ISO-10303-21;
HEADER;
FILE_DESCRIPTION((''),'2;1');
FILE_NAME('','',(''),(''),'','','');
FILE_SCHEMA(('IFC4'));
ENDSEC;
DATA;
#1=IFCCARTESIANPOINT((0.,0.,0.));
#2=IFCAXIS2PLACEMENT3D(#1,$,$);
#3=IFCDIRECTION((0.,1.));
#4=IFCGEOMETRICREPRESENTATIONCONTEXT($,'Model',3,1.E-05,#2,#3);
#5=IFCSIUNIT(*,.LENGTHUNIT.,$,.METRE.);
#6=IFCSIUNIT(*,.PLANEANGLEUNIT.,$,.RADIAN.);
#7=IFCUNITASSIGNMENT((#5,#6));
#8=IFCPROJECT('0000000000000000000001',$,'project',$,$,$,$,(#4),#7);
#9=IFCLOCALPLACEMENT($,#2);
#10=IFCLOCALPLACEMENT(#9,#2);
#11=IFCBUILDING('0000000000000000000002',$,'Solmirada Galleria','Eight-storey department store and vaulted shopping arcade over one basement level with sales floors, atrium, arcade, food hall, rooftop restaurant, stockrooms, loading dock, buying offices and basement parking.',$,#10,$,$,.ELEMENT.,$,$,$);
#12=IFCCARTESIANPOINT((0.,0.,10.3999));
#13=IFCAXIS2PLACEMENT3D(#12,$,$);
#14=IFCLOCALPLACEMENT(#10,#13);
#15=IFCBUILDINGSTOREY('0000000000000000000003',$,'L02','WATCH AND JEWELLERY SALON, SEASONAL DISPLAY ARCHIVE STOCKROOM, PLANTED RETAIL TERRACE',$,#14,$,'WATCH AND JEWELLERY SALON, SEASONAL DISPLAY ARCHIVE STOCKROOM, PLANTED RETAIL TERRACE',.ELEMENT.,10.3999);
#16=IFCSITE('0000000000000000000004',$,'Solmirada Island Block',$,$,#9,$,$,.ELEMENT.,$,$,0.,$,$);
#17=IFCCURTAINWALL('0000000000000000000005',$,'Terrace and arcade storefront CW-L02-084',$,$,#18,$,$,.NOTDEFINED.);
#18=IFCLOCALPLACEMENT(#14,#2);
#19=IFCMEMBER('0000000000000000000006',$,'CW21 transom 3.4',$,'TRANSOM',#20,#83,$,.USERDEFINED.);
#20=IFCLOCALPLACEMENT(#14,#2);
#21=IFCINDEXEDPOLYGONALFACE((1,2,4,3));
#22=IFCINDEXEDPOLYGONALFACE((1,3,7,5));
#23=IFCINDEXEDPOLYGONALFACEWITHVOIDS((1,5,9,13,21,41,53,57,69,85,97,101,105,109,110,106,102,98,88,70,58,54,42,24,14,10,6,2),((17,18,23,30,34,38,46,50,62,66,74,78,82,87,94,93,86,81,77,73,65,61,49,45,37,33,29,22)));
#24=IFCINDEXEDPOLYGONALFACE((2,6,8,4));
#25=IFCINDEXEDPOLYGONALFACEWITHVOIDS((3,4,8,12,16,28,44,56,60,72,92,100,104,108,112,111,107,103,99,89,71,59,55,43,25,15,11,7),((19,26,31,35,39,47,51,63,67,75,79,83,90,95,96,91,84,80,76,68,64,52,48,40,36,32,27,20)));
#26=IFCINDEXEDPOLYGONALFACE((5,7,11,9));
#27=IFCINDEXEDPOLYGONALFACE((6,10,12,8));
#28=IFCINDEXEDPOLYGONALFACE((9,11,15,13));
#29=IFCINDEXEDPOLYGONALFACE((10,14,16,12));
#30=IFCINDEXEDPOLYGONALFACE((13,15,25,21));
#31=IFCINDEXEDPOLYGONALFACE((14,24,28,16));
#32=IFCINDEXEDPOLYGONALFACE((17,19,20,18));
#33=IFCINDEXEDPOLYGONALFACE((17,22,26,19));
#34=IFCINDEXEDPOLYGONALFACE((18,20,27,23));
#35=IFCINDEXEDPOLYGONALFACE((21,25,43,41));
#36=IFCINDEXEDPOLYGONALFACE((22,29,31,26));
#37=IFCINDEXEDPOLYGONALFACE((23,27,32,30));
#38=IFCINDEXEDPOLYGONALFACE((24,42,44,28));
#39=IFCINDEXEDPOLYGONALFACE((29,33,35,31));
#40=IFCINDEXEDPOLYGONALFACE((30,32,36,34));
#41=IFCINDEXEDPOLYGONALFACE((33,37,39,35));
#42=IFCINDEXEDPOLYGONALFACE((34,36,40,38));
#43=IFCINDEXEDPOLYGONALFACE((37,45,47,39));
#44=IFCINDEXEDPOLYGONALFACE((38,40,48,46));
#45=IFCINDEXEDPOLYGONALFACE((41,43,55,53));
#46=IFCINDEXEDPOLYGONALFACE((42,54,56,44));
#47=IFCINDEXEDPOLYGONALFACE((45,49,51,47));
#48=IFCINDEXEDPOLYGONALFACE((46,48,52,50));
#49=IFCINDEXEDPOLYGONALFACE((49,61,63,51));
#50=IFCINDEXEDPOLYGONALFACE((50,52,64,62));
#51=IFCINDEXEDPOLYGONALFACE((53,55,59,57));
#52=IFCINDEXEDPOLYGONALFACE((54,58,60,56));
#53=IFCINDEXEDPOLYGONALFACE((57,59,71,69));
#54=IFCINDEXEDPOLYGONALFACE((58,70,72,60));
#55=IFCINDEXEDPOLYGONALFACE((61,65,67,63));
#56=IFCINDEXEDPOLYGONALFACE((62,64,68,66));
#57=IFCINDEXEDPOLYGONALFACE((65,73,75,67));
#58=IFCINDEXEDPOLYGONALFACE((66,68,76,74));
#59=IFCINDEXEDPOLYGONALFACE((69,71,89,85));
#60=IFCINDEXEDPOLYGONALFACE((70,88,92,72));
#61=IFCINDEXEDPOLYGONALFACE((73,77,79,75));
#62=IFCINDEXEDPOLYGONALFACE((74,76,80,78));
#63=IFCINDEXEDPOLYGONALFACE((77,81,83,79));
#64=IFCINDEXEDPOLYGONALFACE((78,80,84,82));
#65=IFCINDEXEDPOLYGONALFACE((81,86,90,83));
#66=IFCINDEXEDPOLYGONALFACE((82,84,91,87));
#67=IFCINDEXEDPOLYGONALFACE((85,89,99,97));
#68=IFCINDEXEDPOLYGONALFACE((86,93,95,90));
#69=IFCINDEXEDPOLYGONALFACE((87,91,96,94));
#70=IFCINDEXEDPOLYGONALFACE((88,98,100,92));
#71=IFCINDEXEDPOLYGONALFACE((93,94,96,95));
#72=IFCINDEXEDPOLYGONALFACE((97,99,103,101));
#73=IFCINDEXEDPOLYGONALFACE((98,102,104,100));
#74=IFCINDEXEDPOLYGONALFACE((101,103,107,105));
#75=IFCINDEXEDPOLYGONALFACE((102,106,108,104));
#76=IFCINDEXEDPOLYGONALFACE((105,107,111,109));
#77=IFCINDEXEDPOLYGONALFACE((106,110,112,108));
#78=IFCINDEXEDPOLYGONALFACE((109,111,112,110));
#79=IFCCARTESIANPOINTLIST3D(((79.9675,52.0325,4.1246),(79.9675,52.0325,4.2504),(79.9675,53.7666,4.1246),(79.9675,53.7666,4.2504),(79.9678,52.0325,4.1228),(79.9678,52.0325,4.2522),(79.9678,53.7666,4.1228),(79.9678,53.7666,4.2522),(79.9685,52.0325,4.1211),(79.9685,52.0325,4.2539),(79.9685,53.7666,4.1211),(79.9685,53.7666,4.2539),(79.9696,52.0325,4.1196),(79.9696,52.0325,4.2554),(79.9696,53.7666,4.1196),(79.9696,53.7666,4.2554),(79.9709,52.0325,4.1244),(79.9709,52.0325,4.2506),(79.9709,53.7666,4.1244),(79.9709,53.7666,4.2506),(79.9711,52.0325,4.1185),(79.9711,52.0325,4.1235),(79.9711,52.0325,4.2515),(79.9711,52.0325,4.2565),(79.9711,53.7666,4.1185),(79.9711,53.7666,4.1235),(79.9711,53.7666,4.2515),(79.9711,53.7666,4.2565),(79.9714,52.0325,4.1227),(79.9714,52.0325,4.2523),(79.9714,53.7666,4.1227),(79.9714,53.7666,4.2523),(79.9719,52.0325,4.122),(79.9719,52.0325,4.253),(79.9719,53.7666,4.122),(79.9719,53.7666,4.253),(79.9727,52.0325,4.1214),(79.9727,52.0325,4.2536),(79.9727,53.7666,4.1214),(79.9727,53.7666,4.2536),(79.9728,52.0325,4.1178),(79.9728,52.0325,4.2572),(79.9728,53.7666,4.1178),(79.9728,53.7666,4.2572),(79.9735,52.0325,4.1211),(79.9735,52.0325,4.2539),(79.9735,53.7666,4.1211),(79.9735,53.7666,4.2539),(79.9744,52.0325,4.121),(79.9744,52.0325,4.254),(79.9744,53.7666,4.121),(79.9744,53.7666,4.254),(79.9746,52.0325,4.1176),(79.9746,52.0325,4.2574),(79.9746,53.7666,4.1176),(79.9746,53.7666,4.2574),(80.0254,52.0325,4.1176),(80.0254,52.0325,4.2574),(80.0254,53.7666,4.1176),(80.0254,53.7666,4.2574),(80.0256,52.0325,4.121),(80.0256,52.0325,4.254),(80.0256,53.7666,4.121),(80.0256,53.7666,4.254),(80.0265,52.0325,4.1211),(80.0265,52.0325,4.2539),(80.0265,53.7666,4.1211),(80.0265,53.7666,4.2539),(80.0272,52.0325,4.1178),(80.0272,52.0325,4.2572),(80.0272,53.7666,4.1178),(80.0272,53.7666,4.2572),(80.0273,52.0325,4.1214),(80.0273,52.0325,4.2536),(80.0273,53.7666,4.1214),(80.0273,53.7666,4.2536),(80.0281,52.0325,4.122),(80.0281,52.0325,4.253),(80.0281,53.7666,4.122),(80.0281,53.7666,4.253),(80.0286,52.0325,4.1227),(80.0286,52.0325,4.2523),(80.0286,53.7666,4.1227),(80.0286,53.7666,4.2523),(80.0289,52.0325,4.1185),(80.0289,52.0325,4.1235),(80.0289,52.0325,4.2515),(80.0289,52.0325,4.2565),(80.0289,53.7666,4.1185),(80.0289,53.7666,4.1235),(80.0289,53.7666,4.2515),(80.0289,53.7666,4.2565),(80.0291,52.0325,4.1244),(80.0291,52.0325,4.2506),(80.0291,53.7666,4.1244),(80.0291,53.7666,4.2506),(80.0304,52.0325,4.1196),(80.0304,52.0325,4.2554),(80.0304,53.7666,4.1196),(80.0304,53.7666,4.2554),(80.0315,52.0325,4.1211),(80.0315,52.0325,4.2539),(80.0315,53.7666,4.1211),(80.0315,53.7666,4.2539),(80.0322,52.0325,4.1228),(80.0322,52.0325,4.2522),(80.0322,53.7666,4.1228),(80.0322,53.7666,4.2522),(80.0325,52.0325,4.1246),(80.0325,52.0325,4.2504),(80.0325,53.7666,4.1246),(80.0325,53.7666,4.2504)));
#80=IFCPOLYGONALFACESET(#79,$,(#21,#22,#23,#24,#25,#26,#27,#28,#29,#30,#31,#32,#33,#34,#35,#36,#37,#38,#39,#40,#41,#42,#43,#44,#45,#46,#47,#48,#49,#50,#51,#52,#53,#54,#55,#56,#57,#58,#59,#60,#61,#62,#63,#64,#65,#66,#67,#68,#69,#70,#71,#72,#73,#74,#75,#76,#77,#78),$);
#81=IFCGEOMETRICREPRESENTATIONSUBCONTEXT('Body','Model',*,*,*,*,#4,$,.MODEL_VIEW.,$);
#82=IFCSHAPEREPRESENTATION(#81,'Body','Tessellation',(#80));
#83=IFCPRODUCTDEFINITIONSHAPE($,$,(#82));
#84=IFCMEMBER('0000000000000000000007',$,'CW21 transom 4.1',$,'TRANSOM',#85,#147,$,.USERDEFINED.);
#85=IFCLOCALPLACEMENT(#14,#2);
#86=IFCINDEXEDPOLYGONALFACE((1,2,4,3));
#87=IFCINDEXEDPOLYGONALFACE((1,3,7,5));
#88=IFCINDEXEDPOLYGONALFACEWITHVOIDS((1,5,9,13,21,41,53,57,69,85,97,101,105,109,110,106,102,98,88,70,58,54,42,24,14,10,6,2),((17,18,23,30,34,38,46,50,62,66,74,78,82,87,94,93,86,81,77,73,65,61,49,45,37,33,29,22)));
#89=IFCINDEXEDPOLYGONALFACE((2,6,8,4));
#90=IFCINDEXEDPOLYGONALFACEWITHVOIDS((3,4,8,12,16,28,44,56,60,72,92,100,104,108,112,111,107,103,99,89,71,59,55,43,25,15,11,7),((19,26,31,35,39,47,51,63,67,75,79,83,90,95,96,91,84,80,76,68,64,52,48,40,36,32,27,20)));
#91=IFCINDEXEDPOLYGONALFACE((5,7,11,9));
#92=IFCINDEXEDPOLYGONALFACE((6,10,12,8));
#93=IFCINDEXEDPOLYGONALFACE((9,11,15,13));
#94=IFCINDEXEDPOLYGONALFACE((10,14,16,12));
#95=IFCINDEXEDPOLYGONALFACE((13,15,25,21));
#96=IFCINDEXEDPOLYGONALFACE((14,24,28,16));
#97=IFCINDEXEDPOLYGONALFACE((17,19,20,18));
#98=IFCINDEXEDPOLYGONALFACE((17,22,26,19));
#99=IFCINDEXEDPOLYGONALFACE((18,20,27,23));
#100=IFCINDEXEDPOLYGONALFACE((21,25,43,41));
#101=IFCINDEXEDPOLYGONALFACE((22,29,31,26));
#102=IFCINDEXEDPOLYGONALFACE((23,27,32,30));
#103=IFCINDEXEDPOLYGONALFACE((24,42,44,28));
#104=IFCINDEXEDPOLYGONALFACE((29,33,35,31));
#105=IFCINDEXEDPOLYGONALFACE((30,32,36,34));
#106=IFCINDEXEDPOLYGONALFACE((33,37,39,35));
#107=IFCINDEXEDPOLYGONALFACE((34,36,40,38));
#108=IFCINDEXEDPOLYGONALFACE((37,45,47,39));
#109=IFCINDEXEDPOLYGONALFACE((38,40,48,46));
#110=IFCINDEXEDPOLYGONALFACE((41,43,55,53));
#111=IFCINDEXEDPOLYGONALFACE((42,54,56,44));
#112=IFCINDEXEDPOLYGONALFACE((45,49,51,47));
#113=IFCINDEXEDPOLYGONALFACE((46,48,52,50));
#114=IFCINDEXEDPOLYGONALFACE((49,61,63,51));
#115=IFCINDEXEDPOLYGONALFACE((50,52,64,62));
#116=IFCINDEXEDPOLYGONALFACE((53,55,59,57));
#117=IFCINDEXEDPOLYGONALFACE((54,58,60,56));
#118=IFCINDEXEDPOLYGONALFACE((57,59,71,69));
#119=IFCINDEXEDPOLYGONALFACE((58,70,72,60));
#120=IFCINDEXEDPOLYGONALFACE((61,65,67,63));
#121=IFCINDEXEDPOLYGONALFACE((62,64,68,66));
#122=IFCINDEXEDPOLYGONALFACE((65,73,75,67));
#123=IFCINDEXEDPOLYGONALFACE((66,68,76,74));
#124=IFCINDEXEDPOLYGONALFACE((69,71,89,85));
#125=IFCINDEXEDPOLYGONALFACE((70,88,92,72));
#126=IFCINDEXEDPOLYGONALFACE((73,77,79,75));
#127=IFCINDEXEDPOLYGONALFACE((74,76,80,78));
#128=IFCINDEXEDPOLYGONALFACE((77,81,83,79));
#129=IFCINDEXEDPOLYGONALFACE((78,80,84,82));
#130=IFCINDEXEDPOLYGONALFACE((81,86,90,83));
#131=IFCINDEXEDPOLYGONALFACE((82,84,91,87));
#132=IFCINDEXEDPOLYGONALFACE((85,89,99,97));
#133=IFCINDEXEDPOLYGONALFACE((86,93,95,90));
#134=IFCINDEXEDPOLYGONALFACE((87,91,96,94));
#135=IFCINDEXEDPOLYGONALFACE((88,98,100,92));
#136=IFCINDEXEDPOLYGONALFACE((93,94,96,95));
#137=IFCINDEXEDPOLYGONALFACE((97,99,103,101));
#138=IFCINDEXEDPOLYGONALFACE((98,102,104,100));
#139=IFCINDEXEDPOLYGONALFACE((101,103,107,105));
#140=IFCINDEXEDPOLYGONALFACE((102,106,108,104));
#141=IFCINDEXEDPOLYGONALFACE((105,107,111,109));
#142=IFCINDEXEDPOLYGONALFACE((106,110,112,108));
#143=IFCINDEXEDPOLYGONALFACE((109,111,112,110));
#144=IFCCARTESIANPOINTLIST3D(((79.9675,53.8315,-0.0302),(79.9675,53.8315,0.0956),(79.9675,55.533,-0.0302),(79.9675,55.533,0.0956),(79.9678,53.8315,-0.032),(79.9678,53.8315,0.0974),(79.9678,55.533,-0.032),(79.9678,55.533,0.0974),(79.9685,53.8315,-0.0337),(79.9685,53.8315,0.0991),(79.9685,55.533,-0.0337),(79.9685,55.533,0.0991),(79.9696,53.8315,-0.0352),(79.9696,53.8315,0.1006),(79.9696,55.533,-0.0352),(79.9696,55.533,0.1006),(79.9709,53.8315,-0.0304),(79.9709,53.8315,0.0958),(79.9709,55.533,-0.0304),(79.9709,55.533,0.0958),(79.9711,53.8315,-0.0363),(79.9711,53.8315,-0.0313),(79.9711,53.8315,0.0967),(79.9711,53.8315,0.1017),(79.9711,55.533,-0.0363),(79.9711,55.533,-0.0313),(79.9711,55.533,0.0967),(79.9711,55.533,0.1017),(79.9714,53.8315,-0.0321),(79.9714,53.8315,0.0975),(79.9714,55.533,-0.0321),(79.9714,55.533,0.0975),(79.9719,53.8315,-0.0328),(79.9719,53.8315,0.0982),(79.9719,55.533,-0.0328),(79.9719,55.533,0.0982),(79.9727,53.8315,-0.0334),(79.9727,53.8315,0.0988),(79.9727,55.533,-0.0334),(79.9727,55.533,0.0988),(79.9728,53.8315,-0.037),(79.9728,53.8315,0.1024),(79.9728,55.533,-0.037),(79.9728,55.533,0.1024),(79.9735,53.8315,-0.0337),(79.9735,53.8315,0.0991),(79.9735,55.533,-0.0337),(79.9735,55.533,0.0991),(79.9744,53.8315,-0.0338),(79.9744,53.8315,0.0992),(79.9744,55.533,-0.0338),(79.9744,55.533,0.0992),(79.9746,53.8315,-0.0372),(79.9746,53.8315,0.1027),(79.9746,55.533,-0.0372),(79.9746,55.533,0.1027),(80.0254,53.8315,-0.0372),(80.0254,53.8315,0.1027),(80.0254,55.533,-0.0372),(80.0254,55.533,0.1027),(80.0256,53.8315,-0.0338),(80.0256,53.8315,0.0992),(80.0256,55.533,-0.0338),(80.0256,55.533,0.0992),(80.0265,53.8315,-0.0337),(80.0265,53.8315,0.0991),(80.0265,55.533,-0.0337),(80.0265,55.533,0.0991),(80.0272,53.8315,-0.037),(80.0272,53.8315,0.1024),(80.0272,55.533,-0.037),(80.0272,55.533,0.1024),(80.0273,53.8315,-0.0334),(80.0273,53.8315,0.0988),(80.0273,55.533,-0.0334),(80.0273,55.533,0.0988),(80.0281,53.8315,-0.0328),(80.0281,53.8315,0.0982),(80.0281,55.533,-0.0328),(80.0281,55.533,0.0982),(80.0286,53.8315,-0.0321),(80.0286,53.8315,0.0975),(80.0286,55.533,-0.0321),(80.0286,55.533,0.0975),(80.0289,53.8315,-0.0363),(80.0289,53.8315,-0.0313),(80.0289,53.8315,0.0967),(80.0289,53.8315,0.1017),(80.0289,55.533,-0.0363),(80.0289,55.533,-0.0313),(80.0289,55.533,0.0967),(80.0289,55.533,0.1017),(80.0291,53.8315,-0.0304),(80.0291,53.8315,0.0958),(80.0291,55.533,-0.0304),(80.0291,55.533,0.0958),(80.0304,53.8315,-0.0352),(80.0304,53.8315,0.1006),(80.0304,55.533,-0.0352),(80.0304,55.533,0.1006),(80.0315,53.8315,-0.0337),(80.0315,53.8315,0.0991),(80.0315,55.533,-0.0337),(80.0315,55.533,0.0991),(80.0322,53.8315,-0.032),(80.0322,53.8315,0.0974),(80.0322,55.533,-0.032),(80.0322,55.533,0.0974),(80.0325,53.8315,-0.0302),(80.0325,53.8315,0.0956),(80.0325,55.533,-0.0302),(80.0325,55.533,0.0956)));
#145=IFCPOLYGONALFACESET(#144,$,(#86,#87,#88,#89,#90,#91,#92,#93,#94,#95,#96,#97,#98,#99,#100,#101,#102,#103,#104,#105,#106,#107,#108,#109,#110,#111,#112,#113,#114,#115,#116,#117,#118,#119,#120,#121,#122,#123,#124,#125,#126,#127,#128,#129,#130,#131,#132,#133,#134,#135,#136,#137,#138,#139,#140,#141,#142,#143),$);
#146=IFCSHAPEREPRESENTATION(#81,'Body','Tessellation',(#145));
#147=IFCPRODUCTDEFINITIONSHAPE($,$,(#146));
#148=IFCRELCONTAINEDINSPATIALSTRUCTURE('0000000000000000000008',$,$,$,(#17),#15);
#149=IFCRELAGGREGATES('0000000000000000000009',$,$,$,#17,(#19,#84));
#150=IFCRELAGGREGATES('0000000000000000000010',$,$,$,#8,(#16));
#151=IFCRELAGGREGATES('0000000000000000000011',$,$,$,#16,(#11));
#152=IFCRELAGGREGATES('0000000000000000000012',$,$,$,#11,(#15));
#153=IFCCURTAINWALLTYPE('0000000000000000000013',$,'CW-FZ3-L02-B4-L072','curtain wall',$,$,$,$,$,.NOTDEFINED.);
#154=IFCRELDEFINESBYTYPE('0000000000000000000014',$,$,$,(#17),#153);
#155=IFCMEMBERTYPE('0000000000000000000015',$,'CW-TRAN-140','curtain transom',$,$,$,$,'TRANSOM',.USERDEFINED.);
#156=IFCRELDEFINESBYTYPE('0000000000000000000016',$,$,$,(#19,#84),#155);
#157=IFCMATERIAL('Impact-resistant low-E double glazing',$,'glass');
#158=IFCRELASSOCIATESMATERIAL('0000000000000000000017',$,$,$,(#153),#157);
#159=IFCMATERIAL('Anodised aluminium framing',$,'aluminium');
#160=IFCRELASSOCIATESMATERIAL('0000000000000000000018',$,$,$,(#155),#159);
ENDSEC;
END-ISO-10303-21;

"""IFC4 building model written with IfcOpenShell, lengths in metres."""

from ifc_helpers import new_model, si_unit, direction, frame, origin, origin_2d, place, context, subcontext, project, spatial, hollow_rectangle, extrude, material, material_profile, profile_set, type_object, element, aggregate, save


model = new_model("IFC4")

# Units and contexts
model_context = context("Model", 3, precision=1e-05, world=origin(), true_north=direction((0.0, 1.0)))
body_context = subcontext(model_context, "Body", "Model", "MODEL_VIEW")
ifc_project = project(units=[si_unit("LENGTHUNIT", "METRE"), si_unit("PLANEANGLEUNIT", "RADIAN")], contexts=[model_context])

# Site, building, storey
site_placement = place(None, origin())
site = spatial("IfcSite", under=ifc_project, at=site_placement, Name="Solmirada Island Block", CompositionType="ELEMENT", RefElevation=0.0)
building_placement = place(site_placement, origin())
building = spatial("IfcBuilding", under=site, at=building_placement, Name="Solmirada Galleria", Description="Eight-storey department store and vaulted shopping arcade over one basement level with sales floors, atrium, arcade, food hall, rooftop restaurant, stockrooms, loading dock, buying offices and basement parking.", CompositionType="ELEMENT")
storey_placement = place(building_placement, frame((0.0, 0.0, 10.3999)))
storey = spatial("IfcBuildingStorey", under=building, at=storey_placement, Name="L02", Description="WATCH AND JEWELLERY SALON, SEASONAL DISPLAY ARCHIVE STOCKROOM, PLANTED RETAIL TERRACE", LongName="WATCH AND JEWELLERY SALON, SEASONAL DISPLAY ARCHIVE STOCKROOM, PLANTED RETAIL TERRACE", CompositionType="ELEMENT", Elevation=10.3999)

# Curtain wall
ifc_material_1 = material(Name="Impact-resistant low-E double glazing", Category="glass")
curtain_wall_type_1 = type_object("IfcCurtainWallType", Name="CW-FZ3-L02-B4-L072", Description="curtain wall", PredefinedType="NOTDEFINED", material=ifc_material_1)
curtain_wall_1_placement = place(storey_placement, origin())
curtain_wall_1 = element("IfcCurtainWall", 1, at=curtain_wall_1_placement, inside=storey, type_object=curtain_wall_type_1, Name="Terrace and arcade storefront CW-L02-084", PredefinedType="NOTDEFINED")
ifc_material_2 = material(Name="Anodised aluminium framing", Category="aluminium")

# Members
ifc_material_profile_1 = material_profile(ifc_material_2, hollow_rectangle(XDim=0.0649, YDim=0.1399, WallThickness=0.0034, InnerFilletRadius=0.0034, OuterFilletRadius=0.0071, at=origin_2d()), Name="ALU-TRAN-140X65")
ifc_profile_set_1 = profile_set([ifc_material_profile_1], Name="Anodised aluminium framing")
member_type_1 = type_object("IfcMemberType", Name="CW-TRAN-140", Description="curtain transom", ElementType="TRANSOM", PredefinedType="USERDEFINED", material=ifc_profile_set_1)
member_1_placement = place(storey_placement, frame((80.0, 52.0325, 4.1875), z_axis=(0.0, 1.0, 0.0), x_axis=(-1.0, 0.0, 0.0)))
member_1 = element("IfcMember", 2, at=member_1_placement, type_object=member_type_1, Name="CW21 transom 3.4", ObjectType="TRANSOM", PredefinedType="USERDEFINED", context=body_context, shape_type="SweptSolid", body=[
    extrude(hollow_rectangle(XDim=0.0649, YDim=0.1399, WallThickness=0.0034, InnerFilletRadius=0.0034, OuterFilletRadius=0.0071, at=origin_2d()), origin(), (0.0, 0.0, 1.0), 1.7341),
])
member_2_placement = place(storey_placement, frame((80.0, 53.8315, 0.0327), z_axis=(0.0, 1.0, 0.0), x_axis=(-1.0, 0.0, 0.0)))
member_2 = element("IfcMember", 3, at=member_2_placement, type_object=member_type_1, Name="CW21 transom 4.1", ObjectType="TRANSOM", PredefinedType="USERDEFINED", context=body_context, shape_type="SweptSolid", body=[
    extrude(hollow_rectangle(XDim=0.0649, YDim=0.1399, WallThickness=0.0034, InnerFilletRadius=0.0034, OuterFilletRadius=0.0071, at=origin_2d()), origin(), (0.0, 0.0, 1.0), 1.7014),
])

aggregate(curtain_wall_1, [member_1, member_2])

save(model, "model.ifc")
